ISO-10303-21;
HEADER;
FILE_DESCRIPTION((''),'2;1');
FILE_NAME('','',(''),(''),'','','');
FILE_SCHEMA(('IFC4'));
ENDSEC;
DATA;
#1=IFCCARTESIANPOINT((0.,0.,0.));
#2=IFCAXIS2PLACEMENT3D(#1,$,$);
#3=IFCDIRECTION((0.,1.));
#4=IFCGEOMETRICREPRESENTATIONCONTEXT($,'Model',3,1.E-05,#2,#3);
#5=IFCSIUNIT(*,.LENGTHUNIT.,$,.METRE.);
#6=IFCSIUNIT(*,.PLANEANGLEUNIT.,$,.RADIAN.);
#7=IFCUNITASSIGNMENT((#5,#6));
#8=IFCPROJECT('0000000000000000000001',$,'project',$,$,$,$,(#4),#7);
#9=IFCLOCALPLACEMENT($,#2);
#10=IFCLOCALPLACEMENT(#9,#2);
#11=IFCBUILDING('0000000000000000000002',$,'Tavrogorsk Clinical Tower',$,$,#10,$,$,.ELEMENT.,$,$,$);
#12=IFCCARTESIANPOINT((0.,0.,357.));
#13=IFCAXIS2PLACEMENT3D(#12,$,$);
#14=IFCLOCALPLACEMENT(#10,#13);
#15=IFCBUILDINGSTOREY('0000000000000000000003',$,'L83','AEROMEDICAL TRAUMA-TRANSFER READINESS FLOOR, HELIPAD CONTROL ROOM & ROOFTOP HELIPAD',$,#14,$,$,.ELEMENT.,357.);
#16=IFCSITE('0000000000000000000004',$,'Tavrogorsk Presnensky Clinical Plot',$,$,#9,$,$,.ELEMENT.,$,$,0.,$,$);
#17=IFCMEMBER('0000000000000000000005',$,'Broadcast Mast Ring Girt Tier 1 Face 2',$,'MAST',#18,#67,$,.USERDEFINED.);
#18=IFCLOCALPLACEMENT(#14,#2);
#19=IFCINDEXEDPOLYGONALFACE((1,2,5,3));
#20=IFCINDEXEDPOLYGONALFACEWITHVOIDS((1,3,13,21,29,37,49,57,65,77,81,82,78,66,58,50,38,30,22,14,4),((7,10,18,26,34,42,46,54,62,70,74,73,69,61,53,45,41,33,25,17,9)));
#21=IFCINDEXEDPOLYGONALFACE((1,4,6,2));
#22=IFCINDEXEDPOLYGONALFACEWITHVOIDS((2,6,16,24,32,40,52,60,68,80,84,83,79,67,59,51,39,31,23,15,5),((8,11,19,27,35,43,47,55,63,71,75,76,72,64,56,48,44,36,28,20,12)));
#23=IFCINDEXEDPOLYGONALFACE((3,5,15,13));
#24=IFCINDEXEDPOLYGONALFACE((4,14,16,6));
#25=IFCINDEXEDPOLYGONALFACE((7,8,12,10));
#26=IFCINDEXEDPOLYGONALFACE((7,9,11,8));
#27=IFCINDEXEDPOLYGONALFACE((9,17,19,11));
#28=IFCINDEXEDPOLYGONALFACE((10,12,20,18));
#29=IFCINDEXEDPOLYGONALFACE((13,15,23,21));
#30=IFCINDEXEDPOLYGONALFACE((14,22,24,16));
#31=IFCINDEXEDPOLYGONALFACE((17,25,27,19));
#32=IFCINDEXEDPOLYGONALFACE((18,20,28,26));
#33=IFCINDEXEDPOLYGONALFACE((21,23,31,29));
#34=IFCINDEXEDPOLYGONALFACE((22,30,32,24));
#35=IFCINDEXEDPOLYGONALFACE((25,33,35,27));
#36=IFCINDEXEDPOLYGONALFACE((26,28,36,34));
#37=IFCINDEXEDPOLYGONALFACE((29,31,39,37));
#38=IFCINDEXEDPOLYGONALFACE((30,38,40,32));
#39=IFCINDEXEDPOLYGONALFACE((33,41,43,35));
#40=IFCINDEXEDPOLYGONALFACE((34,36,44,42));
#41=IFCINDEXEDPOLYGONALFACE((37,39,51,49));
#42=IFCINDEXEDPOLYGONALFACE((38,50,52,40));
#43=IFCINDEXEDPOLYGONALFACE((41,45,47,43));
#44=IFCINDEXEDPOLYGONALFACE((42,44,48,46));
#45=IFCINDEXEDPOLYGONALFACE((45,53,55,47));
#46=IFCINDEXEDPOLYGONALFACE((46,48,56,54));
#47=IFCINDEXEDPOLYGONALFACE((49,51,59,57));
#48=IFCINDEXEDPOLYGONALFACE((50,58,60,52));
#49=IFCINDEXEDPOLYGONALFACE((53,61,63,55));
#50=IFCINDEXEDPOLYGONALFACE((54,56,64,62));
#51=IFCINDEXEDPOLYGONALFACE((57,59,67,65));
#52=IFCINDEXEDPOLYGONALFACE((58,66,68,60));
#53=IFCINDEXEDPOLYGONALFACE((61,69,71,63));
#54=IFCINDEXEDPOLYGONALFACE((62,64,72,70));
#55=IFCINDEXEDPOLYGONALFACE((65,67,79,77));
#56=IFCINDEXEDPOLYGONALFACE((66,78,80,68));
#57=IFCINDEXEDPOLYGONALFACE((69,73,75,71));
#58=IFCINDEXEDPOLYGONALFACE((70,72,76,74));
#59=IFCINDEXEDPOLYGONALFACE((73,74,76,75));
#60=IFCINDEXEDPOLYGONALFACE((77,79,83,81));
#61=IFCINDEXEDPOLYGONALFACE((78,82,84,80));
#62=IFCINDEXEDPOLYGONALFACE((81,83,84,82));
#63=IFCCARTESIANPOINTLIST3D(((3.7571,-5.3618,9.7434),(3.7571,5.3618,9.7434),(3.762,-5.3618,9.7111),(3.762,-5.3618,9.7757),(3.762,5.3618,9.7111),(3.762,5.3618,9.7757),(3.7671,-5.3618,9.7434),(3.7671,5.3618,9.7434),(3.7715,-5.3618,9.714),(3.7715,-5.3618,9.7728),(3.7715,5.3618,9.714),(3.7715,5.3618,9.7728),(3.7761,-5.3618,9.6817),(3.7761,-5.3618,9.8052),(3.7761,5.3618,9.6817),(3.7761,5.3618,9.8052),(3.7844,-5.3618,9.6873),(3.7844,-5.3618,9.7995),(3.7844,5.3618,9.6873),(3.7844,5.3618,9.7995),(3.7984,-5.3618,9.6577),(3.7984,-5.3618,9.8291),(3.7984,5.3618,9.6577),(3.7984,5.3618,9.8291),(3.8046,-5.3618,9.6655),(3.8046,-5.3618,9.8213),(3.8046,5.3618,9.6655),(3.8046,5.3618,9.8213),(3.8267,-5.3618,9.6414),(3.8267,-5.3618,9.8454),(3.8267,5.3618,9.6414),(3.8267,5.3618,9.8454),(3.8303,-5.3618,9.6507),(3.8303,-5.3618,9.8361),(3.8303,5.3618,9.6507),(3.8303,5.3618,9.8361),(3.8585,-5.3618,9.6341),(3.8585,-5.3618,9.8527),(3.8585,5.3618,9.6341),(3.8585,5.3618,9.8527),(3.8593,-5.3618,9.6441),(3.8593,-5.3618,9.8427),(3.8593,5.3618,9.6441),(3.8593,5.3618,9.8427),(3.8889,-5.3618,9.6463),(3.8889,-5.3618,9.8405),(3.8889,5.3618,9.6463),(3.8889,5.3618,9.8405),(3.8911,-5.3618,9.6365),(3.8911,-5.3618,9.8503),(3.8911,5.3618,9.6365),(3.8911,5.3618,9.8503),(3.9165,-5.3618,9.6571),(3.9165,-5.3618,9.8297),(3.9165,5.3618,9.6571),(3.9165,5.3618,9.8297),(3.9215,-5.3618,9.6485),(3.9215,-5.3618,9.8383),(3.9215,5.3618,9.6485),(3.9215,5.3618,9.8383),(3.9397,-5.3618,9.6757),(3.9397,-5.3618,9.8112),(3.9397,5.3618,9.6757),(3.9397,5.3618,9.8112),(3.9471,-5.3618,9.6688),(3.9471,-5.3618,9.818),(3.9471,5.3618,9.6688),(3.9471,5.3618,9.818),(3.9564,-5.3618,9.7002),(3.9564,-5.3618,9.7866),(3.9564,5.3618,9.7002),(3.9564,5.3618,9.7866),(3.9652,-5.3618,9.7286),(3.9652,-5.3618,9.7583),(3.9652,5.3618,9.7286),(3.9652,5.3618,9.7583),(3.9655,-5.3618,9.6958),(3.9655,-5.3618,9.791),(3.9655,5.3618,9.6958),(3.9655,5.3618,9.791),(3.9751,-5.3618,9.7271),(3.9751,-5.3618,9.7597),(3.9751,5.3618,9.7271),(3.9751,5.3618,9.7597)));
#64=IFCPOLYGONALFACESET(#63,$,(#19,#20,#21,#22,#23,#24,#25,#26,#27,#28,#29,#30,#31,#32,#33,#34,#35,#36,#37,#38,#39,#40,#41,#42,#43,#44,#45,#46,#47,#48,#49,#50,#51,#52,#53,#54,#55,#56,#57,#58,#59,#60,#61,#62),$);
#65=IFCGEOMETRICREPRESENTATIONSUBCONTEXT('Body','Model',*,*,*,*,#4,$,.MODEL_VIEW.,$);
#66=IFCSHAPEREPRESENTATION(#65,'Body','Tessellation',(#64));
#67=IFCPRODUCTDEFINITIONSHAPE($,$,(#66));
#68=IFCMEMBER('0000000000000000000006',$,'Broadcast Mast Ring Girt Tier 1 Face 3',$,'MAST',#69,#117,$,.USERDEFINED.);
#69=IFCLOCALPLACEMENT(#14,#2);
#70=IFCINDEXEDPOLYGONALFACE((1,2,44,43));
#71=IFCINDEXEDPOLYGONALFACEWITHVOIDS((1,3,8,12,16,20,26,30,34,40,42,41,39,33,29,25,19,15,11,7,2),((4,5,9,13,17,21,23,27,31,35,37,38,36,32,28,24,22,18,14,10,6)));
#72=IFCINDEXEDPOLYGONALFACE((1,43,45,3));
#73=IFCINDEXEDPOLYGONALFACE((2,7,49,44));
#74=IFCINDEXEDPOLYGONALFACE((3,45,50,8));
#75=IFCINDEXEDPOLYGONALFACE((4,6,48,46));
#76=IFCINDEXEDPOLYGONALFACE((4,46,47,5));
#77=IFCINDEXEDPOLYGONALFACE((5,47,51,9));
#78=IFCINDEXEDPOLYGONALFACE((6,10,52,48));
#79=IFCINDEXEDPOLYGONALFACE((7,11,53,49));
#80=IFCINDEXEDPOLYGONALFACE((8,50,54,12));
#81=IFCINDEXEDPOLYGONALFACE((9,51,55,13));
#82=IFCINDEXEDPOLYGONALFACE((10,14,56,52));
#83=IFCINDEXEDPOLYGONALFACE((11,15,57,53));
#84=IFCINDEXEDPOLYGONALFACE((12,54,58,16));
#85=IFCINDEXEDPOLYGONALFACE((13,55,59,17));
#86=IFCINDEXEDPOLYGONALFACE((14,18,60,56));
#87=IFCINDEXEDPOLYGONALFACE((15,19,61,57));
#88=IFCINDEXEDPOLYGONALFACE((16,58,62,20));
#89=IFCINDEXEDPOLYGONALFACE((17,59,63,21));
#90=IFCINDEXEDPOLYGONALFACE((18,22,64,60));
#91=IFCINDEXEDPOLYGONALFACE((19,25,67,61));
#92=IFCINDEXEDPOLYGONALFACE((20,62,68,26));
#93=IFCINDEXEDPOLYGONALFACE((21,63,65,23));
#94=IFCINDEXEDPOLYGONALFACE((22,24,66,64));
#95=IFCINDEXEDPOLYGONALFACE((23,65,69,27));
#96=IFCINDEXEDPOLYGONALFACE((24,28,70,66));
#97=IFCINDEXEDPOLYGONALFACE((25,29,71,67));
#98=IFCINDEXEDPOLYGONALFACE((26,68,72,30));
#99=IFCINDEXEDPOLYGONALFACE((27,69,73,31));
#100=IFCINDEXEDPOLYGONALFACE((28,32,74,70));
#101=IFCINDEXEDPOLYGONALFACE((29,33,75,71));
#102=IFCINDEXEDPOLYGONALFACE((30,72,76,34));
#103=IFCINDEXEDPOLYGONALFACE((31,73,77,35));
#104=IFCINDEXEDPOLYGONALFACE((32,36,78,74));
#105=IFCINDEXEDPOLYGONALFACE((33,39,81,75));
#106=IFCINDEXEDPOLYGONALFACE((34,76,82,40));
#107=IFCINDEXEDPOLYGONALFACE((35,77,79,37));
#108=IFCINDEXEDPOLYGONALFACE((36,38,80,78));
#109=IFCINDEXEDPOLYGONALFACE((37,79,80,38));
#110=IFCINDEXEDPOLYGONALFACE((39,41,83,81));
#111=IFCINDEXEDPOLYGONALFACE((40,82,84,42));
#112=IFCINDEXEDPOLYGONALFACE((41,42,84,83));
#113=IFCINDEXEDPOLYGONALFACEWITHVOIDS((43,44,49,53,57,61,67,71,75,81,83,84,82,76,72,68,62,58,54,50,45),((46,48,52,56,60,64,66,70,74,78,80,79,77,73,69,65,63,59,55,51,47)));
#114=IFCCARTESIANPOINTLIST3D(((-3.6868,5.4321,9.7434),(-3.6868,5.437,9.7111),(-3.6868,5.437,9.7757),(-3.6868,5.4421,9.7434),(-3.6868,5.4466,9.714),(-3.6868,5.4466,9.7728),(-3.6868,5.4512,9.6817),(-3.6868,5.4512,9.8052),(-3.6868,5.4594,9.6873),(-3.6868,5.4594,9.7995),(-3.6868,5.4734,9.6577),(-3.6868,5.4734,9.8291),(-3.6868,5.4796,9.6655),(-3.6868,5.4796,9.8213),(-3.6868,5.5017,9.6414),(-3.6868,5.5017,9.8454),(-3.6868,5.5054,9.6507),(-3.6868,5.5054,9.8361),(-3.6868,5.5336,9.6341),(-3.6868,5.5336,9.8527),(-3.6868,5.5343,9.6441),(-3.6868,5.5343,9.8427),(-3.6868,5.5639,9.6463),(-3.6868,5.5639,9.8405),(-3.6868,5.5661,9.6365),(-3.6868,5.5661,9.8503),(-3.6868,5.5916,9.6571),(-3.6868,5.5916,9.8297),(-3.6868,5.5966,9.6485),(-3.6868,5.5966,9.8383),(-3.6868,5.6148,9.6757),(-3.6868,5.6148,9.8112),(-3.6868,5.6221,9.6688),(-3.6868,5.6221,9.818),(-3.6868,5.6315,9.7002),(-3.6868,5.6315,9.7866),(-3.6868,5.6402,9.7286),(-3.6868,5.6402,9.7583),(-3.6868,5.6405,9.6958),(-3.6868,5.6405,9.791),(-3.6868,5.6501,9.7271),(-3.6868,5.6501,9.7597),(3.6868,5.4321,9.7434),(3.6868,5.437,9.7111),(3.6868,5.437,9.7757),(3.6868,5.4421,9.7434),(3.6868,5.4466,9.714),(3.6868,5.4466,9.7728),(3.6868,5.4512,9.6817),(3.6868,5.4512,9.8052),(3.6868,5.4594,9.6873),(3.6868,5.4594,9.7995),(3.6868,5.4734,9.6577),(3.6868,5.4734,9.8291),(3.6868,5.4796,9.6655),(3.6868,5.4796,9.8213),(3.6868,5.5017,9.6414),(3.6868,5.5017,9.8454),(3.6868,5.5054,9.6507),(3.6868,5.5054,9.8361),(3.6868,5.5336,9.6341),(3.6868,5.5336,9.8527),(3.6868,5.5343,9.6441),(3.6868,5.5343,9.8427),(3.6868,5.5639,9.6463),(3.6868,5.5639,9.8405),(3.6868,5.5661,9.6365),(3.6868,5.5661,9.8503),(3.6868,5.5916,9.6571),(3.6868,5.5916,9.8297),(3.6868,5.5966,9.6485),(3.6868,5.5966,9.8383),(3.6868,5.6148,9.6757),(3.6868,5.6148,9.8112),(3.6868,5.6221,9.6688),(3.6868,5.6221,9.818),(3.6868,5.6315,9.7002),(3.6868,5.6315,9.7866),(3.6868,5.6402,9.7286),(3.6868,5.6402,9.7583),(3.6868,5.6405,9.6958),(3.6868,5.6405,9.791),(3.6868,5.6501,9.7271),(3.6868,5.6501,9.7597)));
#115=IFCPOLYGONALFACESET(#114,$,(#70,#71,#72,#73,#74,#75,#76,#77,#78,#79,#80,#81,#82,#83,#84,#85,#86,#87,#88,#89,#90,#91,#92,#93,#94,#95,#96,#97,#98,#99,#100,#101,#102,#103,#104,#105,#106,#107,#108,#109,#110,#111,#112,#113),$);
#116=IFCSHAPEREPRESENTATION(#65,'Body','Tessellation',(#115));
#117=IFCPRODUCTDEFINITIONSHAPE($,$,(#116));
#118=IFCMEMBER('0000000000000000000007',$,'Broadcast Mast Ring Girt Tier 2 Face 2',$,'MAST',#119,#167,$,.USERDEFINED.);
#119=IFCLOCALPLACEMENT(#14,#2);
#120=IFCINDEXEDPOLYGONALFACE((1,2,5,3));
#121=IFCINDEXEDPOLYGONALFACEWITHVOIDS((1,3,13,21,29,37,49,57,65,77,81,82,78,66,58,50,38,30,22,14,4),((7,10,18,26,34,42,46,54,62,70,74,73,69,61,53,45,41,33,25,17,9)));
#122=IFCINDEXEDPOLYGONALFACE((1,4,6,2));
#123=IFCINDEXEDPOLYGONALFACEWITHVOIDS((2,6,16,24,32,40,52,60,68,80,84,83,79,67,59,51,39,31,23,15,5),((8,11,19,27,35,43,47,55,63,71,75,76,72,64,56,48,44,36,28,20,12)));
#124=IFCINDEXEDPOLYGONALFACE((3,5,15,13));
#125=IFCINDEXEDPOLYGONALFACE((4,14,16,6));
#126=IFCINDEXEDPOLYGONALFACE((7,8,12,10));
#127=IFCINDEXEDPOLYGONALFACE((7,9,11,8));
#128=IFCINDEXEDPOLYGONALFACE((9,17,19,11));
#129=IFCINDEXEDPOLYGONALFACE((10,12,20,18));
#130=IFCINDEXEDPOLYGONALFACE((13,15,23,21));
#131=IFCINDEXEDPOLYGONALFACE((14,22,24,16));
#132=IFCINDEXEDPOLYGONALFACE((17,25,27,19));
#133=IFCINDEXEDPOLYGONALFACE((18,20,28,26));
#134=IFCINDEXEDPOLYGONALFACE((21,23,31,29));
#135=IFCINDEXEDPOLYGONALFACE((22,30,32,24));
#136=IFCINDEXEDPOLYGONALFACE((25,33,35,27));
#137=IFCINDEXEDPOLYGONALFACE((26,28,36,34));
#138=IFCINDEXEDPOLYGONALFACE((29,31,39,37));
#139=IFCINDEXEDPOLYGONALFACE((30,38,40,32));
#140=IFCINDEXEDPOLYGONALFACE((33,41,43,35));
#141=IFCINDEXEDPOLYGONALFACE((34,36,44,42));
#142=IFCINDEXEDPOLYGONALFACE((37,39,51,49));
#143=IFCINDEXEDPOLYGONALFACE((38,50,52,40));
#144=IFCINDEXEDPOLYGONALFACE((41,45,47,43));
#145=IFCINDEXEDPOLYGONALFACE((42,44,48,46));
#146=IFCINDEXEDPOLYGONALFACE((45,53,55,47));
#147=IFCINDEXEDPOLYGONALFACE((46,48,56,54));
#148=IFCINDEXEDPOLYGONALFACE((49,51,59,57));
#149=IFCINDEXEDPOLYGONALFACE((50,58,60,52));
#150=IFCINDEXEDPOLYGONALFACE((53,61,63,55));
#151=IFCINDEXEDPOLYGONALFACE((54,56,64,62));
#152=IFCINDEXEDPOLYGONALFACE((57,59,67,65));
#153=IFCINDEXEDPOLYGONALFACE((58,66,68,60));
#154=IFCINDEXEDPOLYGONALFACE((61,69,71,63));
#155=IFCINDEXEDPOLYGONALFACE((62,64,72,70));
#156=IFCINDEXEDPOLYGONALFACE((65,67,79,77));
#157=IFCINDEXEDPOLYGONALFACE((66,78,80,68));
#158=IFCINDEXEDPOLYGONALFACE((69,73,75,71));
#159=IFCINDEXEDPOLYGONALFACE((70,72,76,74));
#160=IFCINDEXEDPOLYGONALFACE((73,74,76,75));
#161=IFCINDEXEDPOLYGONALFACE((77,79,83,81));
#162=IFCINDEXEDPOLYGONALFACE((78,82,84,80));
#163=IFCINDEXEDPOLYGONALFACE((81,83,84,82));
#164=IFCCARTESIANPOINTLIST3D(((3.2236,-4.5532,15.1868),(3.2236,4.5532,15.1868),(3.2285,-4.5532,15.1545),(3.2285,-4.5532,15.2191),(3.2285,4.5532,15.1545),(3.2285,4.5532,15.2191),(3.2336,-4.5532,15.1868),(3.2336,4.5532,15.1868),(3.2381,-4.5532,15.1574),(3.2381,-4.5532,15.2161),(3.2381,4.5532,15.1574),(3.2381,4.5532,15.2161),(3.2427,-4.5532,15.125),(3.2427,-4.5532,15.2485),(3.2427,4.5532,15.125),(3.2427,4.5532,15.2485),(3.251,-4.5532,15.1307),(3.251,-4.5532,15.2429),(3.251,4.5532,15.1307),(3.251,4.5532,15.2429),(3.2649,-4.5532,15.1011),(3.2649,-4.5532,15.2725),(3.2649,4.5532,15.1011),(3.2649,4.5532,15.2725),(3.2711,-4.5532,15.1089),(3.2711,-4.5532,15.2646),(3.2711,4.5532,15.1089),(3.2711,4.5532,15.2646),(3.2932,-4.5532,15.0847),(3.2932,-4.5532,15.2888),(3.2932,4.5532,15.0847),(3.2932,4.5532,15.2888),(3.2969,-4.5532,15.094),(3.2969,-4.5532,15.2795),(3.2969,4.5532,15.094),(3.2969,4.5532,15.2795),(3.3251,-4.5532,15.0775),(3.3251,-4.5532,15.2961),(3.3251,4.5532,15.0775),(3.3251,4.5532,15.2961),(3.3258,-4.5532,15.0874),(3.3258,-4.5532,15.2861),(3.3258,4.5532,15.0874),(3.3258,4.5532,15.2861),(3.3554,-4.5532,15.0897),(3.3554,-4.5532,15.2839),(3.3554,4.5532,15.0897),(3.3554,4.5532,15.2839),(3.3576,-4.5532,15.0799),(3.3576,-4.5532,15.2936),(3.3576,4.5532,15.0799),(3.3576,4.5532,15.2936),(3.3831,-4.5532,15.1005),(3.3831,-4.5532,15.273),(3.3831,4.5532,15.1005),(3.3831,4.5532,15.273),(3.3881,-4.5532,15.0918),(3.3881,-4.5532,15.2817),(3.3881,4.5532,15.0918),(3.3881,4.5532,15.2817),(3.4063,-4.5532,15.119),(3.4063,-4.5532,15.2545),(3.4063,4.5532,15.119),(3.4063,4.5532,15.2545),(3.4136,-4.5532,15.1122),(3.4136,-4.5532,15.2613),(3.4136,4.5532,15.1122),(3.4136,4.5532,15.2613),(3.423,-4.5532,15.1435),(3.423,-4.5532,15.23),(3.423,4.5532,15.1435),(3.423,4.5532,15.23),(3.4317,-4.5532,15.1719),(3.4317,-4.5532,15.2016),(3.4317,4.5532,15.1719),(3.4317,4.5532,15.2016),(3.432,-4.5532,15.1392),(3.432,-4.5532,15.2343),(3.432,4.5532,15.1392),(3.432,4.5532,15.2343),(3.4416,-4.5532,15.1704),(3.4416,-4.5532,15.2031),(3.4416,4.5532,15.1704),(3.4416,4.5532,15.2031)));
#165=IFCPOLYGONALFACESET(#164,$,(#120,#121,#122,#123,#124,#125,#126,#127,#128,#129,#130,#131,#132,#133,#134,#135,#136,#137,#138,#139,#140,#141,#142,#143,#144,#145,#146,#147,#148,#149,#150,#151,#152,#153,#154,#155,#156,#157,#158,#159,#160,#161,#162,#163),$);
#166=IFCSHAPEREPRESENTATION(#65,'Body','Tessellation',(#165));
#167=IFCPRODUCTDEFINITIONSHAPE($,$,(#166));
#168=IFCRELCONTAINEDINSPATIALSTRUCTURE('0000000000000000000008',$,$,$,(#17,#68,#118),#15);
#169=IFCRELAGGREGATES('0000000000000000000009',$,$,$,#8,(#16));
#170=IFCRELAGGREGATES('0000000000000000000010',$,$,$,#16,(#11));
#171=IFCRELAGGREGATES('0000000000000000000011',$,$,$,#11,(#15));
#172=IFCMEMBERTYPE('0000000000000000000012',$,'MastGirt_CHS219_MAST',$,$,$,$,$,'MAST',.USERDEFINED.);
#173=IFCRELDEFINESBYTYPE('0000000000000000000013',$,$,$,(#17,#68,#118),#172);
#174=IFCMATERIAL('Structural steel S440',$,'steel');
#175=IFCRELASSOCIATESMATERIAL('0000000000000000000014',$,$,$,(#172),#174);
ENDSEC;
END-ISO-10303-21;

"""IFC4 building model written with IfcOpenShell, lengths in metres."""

from ifc_helpers import new_model, si_unit, direction, frame, origin, origin_2d, place, context, subcontext, project, spatial, hollow_circle, extrude, material, material_profile, profile_set, type_object, element, save


model = new_model("IFC4")

# Units and contexts
model_context = context("Model", 3, precision=1e-05, world=origin(), true_north=direction((0.0, 1.0)))
body_context = subcontext(model_context, "Body", "Model", "MODEL_VIEW")
ifc_project = project(units=[si_unit("LENGTHUNIT", "METRE"), si_unit("PLANEANGLEUNIT", "RADIAN")], contexts=[model_context])

# Site, building, storey
site_placement = place(None, origin())
site = spatial("IfcSite", under=ifc_project, at=site_placement, Name="Tavrogorsk Presnensky Clinical Plot", CompositionType="ELEMENT", RefElevation=0.0)
building_placement = place(site_placement, origin())
building = spatial("IfcBuilding", under=site, at=building_placement, Name="Tavrogorsk Clinical Tower", CompositionType="ELEMENT")
storey_placement = place(building_placement, frame((0.0, 0.0, 357.0)))
storey = spatial("IfcBuildingStorey", under=building, at=storey_placement, Name="L83", Description="AEROMEDICAL TRAUMA-TRANSFER READINESS FLOOR, HELIPAD CONTROL ROOM & ROOFTOP HELIPAD", CompositionType="ELEMENT", Elevation=357.0)

# Members
ifc_material_1 = material(Name="Structural steel S440", Category="steel")
ifc_material_profile_1 = material_profile(ifc_material_1, hollow_circle(Radius=0.1096, WallThickness=0.01, at=origin_2d()), Name="CHS-219.1x10")
ifc_profile_set_1 = profile_set([ifc_material_profile_1], Name="Structural steel S440")
member_type_1 = type_object("IfcMemberType", Name="MastGirt_CHS219_MAST", ElementType="MAST", PredefinedType="USERDEFINED", material=ifc_profile_set_1)
member_1_placement = place(storey_placement, frame((3.8667, -5.3618, 9.7434), z_axis=(0.0, 1.0, 0.0), x_axis=(-1.0, 0.0, 0.0)))
element("IfcMember", 1, at=member_1_placement, inside=storey, type_object=member_type_1, Name="Broadcast Mast Ring Girt Tier 1 Face 2", ObjectType="MAST", PredefinedType="USERDEFINED", context=body_context, shape_type="SweptSolid", body=[
    extrude(hollow_circle(Radius=0.1096, WallThickness=0.01, at=origin_2d()), origin(), (0.0, 0.0, 1.0), 10.7236),
])
member_2_placement = place(storey_placement, frame((3.6868, 5.5417, 9.7434), z_axis=(-1.0, 0.0, 0.0), x_axis=(0.0, -1.0, 0.0)))
element("IfcMember", 2, at=member_2_placement, inside=storey, type_object=member_type_1, Name="Broadcast Mast Ring Girt Tier 1 Face 3", ObjectType="MAST", PredefinedType="USERDEFINED", context=body_context, shape_type="SweptSolid", body=[
    extrude(hollow_circle(Radius=0.1096, WallThickness=0.01, at=origin_2d()), origin(), (0.0, 0.0, 1.0), 7.3735),
])
member_3_placement = place(storey_placement, frame((3.3333, -4.5532, 15.1868), z_axis=(0.0, 1.0, 0.0), x_axis=(-1.0, 0.0, 0.0)))
element("IfcMember", 3, at=member_3_placement, inside=storey, type_object=member_type_1, Name="Broadcast Mast Ring Girt Tier 2 Face 2", ObjectType="MAST", PredefinedType="USERDEFINED", context=body_context, shape_type="SweptSolid", body=[
    extrude(hollow_circle(Radius=0.1096, WallThickness=0.01, at=origin_2d()), origin(), (0.0, 0.0, 1.0), 9.1064),
])

save(model, "model.ifc")
